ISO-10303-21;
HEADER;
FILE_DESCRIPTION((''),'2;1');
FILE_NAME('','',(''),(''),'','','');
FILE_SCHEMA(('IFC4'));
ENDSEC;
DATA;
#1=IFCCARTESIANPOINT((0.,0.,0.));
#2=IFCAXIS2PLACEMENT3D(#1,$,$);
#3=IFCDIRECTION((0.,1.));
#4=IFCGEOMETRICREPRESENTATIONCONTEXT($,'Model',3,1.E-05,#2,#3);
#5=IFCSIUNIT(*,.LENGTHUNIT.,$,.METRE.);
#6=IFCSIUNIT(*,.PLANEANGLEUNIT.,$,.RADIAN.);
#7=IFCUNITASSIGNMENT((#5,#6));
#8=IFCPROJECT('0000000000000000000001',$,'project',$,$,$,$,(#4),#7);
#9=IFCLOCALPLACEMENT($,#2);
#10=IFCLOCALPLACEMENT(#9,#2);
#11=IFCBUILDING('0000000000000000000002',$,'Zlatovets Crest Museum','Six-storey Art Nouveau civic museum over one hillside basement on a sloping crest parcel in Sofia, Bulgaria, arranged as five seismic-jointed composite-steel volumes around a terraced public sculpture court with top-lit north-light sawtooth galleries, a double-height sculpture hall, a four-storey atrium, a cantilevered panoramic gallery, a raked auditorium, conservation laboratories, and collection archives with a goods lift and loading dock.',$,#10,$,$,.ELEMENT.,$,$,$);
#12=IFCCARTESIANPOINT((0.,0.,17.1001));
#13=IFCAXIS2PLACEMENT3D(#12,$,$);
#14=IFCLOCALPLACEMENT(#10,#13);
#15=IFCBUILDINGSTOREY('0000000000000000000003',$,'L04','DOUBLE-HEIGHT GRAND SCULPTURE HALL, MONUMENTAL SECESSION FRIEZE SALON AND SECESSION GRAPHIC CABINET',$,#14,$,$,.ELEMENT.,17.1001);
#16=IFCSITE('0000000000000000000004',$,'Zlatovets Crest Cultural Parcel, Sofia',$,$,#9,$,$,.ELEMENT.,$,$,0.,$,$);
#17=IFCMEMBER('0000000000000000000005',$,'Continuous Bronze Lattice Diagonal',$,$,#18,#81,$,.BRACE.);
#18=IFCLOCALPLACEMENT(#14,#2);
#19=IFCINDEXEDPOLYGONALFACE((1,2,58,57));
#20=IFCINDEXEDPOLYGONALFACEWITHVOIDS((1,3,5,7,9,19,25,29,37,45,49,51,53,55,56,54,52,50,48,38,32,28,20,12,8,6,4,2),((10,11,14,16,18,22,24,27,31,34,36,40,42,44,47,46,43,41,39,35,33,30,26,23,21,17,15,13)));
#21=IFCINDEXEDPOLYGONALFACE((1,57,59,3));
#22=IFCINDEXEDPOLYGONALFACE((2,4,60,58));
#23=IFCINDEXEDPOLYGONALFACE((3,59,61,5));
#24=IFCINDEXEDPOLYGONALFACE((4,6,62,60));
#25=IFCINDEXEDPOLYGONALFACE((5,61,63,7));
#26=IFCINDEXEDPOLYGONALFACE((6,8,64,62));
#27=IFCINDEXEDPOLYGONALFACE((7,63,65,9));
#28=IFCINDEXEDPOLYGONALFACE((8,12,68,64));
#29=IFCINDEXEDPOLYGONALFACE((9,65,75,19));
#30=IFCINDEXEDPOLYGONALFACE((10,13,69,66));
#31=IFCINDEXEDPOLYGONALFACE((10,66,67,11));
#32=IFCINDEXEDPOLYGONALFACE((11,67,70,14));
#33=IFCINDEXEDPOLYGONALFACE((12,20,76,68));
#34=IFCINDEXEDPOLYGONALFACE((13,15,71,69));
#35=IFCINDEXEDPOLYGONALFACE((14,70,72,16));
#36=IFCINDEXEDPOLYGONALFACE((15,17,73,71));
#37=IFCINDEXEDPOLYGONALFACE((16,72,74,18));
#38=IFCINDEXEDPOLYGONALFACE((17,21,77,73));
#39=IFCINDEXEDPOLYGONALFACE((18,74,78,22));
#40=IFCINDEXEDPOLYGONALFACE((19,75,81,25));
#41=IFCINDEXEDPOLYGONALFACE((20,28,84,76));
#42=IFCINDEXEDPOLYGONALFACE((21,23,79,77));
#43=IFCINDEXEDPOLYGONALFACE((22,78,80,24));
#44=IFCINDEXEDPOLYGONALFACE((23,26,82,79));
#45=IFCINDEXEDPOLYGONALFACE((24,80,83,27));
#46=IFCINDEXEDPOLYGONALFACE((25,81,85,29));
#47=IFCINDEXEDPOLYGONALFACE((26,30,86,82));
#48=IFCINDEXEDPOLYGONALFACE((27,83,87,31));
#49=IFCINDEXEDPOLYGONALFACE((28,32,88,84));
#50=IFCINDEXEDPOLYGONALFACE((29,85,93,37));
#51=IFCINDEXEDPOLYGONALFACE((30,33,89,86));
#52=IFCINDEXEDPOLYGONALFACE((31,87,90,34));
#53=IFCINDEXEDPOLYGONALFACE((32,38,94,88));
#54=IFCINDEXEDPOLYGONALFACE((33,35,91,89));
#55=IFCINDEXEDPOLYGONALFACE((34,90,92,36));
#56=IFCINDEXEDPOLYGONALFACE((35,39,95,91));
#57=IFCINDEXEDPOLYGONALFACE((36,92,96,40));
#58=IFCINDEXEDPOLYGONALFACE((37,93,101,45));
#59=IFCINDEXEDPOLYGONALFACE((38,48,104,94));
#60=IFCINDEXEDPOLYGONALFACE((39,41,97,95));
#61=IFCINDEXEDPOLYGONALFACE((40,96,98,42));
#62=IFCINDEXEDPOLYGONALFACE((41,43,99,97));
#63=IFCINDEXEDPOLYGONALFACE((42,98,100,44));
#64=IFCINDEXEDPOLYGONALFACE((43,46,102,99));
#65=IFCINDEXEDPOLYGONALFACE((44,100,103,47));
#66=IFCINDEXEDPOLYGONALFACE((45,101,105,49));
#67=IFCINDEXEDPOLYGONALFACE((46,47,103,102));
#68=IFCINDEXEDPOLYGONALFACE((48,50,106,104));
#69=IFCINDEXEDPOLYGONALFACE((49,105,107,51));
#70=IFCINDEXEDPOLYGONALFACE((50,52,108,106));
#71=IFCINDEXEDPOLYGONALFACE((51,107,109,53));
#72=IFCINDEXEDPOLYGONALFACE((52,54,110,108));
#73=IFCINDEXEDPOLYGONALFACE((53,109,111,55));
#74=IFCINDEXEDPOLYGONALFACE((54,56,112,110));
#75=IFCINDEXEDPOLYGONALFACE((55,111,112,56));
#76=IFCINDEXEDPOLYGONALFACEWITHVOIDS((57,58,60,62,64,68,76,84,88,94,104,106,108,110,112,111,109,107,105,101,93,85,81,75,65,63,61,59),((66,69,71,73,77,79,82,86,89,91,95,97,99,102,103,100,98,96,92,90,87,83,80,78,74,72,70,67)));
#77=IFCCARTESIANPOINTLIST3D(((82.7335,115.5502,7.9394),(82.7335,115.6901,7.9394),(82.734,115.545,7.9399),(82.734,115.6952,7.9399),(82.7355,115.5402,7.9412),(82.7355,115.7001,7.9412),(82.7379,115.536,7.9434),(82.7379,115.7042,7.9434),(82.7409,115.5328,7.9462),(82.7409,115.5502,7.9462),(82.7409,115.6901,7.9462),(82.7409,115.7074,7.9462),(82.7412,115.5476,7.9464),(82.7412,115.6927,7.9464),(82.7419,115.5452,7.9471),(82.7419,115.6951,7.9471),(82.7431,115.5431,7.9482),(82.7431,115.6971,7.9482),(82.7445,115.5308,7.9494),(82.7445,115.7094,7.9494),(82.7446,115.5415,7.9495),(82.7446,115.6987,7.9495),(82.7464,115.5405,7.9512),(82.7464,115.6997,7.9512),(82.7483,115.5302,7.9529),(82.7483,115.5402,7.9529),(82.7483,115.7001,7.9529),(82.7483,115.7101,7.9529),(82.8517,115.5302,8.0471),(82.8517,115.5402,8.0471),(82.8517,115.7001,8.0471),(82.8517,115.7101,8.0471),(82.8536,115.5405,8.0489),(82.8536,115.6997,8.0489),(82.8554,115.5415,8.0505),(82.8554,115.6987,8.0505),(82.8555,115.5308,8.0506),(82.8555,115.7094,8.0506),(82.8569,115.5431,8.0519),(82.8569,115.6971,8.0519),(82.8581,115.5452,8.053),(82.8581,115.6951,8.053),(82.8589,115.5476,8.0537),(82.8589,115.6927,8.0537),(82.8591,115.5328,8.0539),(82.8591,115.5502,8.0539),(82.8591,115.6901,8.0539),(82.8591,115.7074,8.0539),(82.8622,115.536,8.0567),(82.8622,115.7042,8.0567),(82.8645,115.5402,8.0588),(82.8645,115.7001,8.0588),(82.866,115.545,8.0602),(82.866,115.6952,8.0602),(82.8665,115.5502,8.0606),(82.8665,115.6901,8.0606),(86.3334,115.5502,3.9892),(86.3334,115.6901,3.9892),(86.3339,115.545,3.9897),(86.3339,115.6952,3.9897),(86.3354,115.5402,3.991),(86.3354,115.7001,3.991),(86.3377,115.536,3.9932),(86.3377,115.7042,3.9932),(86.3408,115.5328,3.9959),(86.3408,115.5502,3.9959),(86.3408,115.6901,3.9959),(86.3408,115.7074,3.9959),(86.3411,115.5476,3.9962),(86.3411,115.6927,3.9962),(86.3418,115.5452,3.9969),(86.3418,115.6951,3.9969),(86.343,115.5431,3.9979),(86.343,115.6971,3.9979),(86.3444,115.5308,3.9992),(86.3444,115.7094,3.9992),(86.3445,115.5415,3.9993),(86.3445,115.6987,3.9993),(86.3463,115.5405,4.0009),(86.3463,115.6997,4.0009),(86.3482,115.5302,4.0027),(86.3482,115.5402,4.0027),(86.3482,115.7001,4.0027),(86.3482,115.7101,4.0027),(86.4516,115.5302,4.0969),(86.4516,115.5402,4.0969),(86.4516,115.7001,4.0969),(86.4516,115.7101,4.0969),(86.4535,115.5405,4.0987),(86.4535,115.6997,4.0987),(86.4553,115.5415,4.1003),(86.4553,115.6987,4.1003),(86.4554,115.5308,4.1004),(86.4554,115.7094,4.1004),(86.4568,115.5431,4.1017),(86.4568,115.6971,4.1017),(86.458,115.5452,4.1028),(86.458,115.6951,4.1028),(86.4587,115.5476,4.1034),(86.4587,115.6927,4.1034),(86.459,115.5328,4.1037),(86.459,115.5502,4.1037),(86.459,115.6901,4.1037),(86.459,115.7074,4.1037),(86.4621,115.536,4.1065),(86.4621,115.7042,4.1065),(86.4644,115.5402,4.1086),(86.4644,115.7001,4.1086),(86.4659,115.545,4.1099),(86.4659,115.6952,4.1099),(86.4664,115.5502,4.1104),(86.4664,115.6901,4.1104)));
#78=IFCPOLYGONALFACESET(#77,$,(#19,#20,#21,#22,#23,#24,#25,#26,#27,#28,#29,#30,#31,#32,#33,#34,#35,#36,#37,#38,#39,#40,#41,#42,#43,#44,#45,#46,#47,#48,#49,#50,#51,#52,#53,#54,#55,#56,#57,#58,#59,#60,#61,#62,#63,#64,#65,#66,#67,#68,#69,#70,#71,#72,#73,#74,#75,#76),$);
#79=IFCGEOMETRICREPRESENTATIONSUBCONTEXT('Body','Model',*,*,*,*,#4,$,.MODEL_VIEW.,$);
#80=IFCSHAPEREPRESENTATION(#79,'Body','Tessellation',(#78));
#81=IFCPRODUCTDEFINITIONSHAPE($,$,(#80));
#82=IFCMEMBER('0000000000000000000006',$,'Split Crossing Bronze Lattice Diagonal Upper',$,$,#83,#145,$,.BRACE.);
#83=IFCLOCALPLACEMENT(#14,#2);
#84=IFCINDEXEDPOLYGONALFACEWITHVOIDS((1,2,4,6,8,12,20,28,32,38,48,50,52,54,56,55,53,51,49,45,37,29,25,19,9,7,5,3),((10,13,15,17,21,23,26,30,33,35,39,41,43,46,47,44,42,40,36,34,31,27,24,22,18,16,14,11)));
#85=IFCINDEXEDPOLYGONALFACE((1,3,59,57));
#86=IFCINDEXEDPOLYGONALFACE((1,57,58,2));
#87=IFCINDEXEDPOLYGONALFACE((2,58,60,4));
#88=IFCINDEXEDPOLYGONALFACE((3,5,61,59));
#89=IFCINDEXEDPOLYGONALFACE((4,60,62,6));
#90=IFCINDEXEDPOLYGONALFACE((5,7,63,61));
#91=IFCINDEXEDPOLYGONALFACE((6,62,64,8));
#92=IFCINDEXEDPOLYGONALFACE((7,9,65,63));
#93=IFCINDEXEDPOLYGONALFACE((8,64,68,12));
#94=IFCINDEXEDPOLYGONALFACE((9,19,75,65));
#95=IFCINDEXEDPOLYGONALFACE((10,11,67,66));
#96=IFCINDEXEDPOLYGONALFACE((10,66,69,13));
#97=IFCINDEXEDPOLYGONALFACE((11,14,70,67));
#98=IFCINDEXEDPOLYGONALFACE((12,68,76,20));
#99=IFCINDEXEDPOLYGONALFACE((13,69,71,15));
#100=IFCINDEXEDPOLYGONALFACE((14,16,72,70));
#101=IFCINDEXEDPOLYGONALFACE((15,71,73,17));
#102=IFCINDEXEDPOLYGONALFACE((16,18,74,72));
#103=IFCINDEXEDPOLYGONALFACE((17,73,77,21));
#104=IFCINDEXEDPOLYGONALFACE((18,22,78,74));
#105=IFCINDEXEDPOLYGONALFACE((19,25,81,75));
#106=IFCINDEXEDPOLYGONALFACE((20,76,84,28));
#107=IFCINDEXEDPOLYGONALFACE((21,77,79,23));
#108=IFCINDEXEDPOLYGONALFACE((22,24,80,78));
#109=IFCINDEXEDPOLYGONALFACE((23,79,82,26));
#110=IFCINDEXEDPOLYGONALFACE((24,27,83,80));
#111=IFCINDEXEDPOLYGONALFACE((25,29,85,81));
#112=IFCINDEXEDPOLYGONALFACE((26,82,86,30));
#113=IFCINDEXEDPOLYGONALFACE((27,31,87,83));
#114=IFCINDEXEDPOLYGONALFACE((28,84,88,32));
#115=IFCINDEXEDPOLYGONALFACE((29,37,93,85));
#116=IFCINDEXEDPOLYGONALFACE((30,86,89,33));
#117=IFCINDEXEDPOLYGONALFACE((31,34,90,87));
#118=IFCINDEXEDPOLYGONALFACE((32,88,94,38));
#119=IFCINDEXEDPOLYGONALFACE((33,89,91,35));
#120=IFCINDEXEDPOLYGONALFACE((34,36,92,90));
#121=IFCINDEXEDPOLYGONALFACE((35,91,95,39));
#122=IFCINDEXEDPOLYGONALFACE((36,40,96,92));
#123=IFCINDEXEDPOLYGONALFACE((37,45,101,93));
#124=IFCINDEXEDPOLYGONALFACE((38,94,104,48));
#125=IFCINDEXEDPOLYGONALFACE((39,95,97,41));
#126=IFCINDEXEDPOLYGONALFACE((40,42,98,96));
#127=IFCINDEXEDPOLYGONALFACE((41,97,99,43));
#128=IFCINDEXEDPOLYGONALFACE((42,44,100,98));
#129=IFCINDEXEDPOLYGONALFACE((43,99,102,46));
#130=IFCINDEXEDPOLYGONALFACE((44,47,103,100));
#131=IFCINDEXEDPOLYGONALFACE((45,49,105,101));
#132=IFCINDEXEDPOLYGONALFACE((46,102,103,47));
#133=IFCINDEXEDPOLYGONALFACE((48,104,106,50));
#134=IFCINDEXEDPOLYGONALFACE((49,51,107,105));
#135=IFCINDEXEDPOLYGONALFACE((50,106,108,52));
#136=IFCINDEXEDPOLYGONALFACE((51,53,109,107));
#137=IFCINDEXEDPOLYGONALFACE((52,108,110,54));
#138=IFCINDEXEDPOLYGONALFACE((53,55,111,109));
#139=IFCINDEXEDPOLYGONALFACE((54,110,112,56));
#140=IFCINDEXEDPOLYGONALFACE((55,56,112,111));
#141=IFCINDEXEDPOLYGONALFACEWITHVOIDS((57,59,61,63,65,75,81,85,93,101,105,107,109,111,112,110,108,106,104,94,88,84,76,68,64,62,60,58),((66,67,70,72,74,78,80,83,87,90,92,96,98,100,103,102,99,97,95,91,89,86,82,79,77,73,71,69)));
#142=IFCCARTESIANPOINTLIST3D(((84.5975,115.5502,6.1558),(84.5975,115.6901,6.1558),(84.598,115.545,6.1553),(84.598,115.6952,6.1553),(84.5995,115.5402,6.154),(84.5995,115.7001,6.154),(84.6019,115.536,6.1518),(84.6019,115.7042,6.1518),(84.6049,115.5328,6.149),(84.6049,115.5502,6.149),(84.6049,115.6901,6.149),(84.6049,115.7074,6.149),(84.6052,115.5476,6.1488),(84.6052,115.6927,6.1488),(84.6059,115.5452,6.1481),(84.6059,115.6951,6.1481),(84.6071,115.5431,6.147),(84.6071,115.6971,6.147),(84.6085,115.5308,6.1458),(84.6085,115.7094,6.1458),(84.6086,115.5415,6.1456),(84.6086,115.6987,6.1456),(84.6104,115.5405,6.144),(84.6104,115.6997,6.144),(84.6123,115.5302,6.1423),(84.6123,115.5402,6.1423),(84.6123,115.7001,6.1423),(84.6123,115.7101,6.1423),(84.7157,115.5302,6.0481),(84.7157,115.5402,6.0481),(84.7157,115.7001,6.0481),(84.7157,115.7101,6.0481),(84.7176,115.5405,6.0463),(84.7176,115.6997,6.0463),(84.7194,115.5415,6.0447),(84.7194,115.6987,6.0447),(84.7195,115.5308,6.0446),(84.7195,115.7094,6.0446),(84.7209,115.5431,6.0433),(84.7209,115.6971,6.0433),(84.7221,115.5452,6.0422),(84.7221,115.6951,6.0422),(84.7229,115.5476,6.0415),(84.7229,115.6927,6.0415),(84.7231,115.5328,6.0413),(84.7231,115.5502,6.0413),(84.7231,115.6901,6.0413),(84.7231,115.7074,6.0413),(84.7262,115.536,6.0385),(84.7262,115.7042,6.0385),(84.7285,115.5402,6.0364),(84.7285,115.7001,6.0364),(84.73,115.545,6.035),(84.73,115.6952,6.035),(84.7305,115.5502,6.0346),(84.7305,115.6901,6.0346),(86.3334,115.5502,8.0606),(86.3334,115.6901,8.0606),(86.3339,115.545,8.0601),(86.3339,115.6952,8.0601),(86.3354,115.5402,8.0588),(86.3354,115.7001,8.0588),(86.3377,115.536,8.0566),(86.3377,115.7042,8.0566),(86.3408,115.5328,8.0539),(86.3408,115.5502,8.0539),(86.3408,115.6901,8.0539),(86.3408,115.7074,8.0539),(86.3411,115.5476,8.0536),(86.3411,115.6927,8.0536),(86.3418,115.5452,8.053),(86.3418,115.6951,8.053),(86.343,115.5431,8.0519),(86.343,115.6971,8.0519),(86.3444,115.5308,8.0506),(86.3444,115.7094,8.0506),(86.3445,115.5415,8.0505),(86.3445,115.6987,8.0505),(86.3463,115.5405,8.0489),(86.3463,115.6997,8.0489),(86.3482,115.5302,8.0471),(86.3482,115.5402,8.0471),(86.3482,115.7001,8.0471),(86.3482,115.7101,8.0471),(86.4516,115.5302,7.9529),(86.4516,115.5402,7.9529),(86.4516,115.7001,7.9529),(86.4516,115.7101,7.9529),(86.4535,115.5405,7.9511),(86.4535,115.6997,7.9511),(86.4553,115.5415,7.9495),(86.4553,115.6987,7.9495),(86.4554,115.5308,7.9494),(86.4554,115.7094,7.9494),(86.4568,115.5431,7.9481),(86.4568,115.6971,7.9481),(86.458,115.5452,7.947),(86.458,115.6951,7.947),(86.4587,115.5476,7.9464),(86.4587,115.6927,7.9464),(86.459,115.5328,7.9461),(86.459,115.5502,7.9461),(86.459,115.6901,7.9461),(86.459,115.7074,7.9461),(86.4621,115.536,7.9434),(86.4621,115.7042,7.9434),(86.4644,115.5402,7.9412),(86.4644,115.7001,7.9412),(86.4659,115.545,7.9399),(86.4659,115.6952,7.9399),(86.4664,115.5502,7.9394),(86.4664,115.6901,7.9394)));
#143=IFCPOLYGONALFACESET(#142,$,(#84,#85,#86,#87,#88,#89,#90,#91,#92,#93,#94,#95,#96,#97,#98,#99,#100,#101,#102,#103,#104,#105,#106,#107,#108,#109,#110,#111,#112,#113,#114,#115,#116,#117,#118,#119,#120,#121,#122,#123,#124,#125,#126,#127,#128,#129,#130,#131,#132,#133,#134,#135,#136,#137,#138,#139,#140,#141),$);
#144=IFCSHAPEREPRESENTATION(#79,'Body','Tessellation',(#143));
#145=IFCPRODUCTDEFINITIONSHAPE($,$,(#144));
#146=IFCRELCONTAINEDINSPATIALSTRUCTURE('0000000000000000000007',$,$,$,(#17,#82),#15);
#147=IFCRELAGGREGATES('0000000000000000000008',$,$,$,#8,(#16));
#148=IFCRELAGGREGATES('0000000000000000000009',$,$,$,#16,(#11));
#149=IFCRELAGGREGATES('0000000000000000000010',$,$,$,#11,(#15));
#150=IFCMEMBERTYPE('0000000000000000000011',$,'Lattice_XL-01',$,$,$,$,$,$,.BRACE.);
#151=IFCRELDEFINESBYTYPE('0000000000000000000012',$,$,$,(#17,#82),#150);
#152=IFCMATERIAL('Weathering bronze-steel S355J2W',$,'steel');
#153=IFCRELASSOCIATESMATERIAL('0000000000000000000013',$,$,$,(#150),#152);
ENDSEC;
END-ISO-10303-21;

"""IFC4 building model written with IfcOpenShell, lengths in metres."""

from ifc_helpers import new_model, si_unit, direction, frame, origin, origin_2d, place, context, subcontext, project, spatial, hollow_rectangle, extrude, material, material_profile, profile_set, type_object, element, save


model = new_model("IFC4")

# Units and contexts
model_context = context("Model", 3, precision=1e-05, world=origin(), true_north=direction((0.0, 1.0)))
body_context = subcontext(model_context, "Body", "Model", "MODEL_VIEW")
ifc_project = project(units=[si_unit("LENGTHUNIT", "METRE"), si_unit("PLANEANGLEUNIT", "RADIAN")], contexts=[model_context])

# Site, building, storey
site_placement = place(None, origin())
site = spatial("IfcSite", under=ifc_project, at=site_placement, Name="Zlatovets Crest Cultural Parcel, Sofia", CompositionType="ELEMENT", RefElevation=0.0)
building_placement = place(site_placement, origin())
building = spatial("IfcBuilding", under=site, at=building_placement, Name="Zlatovets Crest Museum", Description="Six-storey Art Nouveau civic museum over one hillside basement on a sloping crest parcel in Sofia, Bulgaria, arranged as five seismic-jointed composite-steel volumes around a terraced public sculpture court with top-lit north-light sawtooth galleries, a double-height sculpture hall, a four-storey atrium, a cantilevered panoramic gallery, a raked auditorium, conservation laboratories, and collection archives with a goods lift and loading dock.", CompositionType="ELEMENT")
storey_placement = place(building_placement, frame((0.0, 0.0, 17.1001)))
storey = spatial("IfcBuildingStorey", under=building, at=storey_placement, Name="L04", Description="DOUBLE-HEIGHT GRAND SCULPTURE HALL, MONUMENTAL SECESSION FRIEZE SALON AND SECESSION GRAPHIC CABINET", CompositionType="ELEMENT", Elevation=17.1001)

# Members
ifc_material_1 = material(Name="Weathering bronze-steel S355J2W", Category="steel")
ifc_material_profile_1 = material_profile(ifc_material_1, hollow_rectangle(XDim=0.1799, YDim=0.1799, WallThickness=0.01, InnerFilletRadius=0.01, OuterFilletRadius=0.02, at=origin_2d()), Name="SHS 180x180x10.0")
ifc_profile_set_1 = profile_set([ifc_material_profile_1], Name="Weathering bronze-steel S355J2W")
member_type_1 = type_object("IfcMemberType", Name="Lattice_XL-01", PredefinedType="BRACE", material=ifc_profile_set_1)
member_1_placement = place(storey_placement, frame((86.3999, 115.6201, 4.0498), z_axis=(-0.67357, 0.0, 0.739123), x_axis=(0.0, -1.0, 0.0)))
element("IfcMember", 1, at=member_1_placement, inside=storey, type_object=member_type_1, Name="Continuous Bronze Lattice Diagonal", PredefinedType="BRACE", context=body_context, shape_type="SweptSolid", body=[
    extrude(hollow_rectangle(XDim=0.1799, YDim=0.1799, WallThickness=0.01, InnerFilletRadius=0.01, OuterFilletRadius=0.02, at=origin_2d()), origin(), (0.0, 0.0, 1.0), 5.3445),
])
member_2_placement = place(storey_placement, frame((86.3999, 115.6201, 8.0), z_axis=(-0.673568, 0.0, -0.739125), x_axis=(0.0, -1.0, 0.0)))
element("IfcMember", 2, at=member_2_placement, inside=storey, type_object=member_type_1, Name="Split Crossing Bronze Lattice Diagonal Upper", PredefinedType="BRACE", context=body_context, shape_type="SweptSolid", body=[
    extrude(hollow_rectangle(XDim=0.1799, YDim=0.1799, WallThickness=0.01, InnerFilletRadius=0.01, OuterFilletRadius=0.02, at=origin_2d()), origin(), (0.0, 0.0, 1.0), 2.5771),
])

save(model, "model.ifc")
